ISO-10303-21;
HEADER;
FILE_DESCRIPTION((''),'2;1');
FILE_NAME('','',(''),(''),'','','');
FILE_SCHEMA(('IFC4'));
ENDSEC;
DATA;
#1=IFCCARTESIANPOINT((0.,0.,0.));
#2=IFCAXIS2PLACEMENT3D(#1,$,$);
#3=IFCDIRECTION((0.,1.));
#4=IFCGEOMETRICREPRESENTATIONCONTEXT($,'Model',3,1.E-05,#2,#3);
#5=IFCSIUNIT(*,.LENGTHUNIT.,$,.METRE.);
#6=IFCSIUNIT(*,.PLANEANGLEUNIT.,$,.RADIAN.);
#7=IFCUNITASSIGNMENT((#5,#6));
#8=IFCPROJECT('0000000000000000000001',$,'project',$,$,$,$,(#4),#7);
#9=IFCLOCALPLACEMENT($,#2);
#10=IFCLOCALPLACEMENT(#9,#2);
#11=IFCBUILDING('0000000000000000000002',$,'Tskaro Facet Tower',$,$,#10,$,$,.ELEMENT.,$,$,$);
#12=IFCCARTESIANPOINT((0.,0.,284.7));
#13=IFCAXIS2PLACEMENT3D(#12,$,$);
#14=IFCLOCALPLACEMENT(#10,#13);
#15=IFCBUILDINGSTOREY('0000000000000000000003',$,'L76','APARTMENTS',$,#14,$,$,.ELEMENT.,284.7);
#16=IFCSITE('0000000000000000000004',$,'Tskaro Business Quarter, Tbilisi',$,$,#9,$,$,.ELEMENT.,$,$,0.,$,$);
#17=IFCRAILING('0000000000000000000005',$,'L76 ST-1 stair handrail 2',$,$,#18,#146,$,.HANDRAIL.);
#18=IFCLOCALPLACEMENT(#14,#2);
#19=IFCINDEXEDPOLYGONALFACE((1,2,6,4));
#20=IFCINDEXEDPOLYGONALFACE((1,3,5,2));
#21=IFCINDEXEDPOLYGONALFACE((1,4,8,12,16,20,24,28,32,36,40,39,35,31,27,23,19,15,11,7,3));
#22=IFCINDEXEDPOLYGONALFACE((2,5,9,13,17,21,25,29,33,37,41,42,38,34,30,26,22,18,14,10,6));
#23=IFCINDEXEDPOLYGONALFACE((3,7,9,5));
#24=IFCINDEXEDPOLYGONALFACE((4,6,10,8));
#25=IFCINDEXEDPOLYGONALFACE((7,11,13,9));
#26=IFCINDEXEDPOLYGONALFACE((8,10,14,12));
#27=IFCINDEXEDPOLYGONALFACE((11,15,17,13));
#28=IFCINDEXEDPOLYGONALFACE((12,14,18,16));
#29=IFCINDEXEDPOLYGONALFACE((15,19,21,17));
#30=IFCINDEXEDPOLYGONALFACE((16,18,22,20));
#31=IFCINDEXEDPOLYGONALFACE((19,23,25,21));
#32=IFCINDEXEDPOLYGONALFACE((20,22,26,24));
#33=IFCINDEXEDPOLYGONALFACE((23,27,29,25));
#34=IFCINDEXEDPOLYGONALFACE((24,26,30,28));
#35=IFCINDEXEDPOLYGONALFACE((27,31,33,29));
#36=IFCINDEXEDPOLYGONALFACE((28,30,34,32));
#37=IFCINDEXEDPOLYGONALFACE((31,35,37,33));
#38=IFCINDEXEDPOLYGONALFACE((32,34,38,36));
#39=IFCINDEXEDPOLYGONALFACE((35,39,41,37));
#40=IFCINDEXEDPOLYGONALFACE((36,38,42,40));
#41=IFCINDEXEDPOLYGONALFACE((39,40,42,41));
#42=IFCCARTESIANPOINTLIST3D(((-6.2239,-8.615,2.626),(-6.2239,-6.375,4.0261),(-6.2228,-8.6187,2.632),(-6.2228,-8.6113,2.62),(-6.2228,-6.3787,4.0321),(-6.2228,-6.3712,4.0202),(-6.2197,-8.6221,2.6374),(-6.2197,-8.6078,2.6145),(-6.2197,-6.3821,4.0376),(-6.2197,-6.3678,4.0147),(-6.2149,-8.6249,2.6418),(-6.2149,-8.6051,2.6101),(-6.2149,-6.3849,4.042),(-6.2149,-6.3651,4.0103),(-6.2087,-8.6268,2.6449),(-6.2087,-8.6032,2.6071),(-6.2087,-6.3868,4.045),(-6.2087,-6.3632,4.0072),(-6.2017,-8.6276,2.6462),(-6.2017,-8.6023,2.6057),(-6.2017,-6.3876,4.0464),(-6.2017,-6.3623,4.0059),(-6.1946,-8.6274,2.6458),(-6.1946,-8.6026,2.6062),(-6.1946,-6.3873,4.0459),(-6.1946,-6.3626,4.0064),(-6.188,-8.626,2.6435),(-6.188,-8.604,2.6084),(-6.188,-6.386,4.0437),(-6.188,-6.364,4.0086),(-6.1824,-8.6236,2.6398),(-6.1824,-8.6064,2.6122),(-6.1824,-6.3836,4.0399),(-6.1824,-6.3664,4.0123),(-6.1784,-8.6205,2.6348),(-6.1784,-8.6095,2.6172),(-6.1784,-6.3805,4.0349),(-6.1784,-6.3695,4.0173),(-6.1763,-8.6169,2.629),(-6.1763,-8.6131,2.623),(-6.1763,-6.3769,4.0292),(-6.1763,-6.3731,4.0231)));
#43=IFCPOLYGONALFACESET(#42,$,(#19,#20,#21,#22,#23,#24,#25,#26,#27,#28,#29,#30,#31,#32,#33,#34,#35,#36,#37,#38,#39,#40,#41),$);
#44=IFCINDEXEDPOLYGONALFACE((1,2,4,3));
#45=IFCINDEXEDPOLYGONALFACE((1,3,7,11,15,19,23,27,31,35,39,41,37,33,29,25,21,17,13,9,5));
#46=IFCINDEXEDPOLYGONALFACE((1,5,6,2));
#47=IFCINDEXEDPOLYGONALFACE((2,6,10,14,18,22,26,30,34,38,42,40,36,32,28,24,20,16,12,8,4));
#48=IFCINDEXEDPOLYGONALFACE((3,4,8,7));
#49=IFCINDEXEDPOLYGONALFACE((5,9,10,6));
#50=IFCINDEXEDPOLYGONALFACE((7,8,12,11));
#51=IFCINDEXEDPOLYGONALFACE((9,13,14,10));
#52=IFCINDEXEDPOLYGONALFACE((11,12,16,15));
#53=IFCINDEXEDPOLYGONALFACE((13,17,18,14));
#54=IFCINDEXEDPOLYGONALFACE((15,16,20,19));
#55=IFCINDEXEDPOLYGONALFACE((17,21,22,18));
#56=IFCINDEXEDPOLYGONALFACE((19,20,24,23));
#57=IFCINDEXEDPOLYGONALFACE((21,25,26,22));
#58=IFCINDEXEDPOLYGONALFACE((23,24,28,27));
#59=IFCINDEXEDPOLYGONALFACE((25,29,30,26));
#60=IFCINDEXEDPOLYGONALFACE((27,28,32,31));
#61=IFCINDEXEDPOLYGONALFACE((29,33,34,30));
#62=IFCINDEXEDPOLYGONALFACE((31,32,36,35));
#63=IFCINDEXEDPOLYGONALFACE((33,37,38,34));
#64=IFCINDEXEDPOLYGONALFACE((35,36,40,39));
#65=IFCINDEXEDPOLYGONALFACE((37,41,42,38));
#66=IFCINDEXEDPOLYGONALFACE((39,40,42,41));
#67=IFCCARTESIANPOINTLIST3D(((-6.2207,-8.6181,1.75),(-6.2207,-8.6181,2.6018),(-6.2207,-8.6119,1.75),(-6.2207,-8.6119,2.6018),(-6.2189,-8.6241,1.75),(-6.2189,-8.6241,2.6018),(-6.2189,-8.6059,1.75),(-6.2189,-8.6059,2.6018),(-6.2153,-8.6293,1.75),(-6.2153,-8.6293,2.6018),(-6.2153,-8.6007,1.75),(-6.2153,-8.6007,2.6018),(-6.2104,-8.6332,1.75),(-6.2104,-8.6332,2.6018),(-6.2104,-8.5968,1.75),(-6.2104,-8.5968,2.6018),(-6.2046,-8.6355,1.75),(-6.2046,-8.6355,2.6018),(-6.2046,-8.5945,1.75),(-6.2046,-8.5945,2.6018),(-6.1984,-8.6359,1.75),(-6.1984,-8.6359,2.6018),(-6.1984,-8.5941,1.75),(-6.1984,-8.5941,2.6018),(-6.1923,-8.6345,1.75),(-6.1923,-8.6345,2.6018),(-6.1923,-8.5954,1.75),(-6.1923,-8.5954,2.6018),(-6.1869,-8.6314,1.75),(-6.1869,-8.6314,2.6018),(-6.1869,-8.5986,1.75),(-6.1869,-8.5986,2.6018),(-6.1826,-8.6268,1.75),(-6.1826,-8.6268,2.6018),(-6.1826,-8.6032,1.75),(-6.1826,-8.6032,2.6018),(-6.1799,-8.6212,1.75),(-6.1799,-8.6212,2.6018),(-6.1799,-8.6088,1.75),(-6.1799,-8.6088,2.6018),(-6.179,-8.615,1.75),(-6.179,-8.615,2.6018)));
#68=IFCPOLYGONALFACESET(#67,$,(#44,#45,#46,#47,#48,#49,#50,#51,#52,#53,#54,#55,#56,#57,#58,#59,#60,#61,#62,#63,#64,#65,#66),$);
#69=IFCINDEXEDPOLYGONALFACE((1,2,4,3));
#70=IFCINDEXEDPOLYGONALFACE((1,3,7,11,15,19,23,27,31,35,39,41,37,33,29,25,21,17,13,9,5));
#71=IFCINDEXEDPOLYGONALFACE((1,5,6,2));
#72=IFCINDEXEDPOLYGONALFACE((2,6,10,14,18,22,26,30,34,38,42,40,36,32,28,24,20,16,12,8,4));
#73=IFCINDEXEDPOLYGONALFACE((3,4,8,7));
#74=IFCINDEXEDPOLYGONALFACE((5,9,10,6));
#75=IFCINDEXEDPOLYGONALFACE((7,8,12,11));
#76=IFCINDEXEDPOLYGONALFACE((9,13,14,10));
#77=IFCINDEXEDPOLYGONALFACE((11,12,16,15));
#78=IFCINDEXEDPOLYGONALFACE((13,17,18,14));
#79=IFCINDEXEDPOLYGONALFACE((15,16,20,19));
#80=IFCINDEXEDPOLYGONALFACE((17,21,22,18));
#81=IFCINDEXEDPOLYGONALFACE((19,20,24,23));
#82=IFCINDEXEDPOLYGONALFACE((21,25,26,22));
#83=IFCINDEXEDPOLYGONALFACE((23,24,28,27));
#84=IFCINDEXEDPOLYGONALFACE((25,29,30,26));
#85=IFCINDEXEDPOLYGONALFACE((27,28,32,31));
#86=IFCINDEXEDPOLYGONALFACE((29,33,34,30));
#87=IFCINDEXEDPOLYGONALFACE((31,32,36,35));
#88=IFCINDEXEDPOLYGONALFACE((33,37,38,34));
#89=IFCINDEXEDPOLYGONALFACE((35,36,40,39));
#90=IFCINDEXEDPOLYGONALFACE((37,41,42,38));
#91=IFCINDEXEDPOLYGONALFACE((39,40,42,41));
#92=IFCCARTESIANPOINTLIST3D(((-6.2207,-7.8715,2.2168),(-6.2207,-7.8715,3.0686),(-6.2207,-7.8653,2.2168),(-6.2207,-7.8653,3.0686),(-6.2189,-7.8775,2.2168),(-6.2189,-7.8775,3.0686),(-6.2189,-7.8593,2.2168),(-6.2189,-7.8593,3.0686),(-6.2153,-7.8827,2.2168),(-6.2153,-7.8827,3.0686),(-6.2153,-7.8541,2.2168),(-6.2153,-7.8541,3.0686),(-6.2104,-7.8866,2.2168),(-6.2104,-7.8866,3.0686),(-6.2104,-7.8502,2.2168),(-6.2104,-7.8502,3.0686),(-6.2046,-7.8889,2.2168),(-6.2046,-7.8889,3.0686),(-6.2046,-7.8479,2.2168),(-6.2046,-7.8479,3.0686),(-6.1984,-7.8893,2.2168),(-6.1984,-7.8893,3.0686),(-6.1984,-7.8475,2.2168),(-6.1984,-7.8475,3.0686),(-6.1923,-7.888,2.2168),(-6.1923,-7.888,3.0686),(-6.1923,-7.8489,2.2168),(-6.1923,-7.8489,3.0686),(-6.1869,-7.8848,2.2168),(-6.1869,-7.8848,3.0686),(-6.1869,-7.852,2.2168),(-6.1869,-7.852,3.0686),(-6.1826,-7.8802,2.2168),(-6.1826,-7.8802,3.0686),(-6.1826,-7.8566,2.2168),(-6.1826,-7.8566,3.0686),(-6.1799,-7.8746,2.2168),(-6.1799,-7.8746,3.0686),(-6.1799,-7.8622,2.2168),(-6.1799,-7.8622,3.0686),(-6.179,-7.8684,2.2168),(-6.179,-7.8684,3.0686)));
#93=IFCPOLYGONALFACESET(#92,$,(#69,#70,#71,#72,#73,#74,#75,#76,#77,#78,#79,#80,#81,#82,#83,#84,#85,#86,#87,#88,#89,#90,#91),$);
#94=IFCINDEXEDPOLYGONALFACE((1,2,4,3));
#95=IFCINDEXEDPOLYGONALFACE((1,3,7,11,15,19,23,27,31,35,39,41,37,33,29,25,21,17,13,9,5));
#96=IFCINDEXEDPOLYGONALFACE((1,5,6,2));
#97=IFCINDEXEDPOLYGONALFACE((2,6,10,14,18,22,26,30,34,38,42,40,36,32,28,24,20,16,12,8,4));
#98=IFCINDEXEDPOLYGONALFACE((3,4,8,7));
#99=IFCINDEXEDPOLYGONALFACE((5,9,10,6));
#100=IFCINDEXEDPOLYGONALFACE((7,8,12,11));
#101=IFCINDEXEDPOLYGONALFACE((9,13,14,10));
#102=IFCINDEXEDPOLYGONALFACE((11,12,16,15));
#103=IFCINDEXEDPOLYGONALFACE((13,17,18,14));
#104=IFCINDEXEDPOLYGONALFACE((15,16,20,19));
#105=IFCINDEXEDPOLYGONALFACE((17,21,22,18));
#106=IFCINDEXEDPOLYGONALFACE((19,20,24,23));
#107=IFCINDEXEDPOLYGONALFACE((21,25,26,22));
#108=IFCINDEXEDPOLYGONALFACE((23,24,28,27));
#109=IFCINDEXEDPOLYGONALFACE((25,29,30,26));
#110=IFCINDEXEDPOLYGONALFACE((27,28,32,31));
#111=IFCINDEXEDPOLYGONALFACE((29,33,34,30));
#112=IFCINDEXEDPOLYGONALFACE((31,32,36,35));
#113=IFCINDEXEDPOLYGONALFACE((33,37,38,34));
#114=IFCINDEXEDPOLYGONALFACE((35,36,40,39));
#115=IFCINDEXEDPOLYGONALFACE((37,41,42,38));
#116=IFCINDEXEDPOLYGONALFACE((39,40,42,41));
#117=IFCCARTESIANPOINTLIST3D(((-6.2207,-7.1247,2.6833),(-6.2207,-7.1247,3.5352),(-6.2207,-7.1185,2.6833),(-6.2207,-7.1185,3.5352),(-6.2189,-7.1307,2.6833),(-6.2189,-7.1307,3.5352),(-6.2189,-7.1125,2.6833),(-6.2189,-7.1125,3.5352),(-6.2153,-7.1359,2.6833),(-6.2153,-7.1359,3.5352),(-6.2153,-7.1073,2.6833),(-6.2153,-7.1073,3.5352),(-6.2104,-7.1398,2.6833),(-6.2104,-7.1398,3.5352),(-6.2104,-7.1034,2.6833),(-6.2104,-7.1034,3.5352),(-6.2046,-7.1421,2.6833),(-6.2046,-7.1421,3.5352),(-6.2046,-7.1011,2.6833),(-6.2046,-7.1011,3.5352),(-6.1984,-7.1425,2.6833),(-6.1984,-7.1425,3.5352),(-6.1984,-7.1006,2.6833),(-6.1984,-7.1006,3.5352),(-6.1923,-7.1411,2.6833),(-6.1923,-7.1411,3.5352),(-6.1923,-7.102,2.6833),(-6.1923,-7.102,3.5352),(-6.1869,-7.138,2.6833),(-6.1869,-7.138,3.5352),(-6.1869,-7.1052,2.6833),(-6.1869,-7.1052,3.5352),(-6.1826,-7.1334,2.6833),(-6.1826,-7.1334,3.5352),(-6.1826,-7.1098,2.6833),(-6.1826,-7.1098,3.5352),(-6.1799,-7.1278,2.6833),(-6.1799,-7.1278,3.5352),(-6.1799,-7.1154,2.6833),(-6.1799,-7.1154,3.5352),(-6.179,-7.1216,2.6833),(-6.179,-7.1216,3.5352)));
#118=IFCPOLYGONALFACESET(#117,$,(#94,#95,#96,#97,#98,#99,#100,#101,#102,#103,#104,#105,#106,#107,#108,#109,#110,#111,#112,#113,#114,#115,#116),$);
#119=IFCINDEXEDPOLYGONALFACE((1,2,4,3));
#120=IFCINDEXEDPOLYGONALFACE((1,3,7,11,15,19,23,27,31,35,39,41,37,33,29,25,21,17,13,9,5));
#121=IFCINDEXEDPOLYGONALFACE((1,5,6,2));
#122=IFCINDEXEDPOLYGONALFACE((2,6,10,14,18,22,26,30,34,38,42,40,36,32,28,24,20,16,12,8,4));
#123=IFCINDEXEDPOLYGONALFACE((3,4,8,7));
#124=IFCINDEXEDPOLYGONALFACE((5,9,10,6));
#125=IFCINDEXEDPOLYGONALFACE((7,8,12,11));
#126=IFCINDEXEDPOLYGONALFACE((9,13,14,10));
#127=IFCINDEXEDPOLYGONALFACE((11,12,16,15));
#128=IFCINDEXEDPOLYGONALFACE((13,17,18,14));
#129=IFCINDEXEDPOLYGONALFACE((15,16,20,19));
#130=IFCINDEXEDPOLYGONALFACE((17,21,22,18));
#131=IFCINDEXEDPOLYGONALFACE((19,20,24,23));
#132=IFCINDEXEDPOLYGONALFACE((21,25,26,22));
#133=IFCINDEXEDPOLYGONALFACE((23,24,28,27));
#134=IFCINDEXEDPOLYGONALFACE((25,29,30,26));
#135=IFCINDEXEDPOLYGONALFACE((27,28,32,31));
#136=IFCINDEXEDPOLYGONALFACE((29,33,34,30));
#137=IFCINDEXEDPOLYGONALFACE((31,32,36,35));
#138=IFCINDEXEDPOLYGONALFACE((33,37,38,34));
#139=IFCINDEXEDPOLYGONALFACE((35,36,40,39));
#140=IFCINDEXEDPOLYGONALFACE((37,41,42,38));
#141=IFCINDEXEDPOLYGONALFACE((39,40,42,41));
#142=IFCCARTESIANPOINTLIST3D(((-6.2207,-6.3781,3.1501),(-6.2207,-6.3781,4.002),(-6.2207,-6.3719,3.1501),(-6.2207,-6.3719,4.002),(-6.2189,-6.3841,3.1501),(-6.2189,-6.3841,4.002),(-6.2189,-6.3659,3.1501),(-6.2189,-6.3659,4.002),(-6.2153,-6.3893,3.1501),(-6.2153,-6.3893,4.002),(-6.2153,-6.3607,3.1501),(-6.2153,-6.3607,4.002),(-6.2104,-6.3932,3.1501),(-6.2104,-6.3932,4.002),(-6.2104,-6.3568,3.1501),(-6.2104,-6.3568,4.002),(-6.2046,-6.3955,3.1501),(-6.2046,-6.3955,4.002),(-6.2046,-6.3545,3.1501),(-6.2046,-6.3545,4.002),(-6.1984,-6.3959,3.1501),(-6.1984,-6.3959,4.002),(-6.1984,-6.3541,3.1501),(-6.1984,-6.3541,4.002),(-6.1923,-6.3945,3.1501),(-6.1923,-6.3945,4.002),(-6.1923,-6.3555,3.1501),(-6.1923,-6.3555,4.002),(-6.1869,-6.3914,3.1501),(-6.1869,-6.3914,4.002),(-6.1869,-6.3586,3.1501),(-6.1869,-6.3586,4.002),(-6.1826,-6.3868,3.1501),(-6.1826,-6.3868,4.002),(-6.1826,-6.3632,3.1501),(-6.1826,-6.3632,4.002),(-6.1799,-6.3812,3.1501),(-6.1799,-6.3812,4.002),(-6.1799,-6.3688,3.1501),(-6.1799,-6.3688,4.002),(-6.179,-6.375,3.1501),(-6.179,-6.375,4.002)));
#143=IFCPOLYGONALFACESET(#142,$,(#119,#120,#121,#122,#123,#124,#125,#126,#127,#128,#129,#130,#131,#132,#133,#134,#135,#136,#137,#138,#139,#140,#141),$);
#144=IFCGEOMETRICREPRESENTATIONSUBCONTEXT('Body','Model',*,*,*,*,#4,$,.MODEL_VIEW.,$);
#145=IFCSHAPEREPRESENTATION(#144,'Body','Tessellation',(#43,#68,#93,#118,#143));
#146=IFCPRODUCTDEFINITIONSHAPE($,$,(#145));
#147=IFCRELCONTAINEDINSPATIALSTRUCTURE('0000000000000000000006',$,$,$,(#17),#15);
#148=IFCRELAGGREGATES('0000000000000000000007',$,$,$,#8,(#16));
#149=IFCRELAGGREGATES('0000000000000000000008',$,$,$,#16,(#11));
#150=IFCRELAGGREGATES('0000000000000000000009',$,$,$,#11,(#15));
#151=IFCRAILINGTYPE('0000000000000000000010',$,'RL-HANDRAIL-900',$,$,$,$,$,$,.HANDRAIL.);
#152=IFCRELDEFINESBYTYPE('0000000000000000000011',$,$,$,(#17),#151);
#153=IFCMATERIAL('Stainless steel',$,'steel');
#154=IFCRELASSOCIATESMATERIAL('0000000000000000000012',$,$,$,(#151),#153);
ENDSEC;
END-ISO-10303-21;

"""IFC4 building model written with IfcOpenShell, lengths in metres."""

from ifc_helpers import new_model, si_unit, direction, frame, origin, origin_2d, place, context, subcontext, project, spatial, circle, extrude, material, type_object, element, save


model = new_model("IFC4")

# Units and contexts
model_context = context("Model", 3, precision=1e-05, world=origin(), true_north=direction((0.0, 1.0)))
body_context = subcontext(model_context, "Body", "Model", "MODEL_VIEW")
ifc_project = project(units=[si_unit("LENGTHUNIT", "METRE"), si_unit("PLANEANGLEUNIT", "RADIAN")], contexts=[model_context])

# Site, building, storey
site_placement = place(None, origin())
site = spatial("IfcSite", under=ifc_project, at=site_placement, Name="Tskaro Business Quarter, Tbilisi", CompositionType="ELEMENT", RefElevation=0.0)
building_placement = place(site_placement, origin())
building = spatial("IfcBuilding", under=site, at=building_placement, Name="Tskaro Facet Tower", CompositionType="ELEMENT")
storey_placement = place(building_placement, frame((0.0, 0.0, 284.7)))
storey = spatial("IfcBuildingStorey", under=building, at=storey_placement, Name="L76", Description="APARTMENTS", CompositionType="ELEMENT", Elevation=284.7)

# Shared definitions
ifc_material_1 = material(Name="Stainless steel", Category="steel")

# Railing
railing_type_1 = type_object("IfcRailingType", Name="RL-HANDRAIL-900", PredefinedType="HANDRAIL", material=ifc_material_1)
railing_1_placement = place(storey_placement, frame((-6.2, -8.615, 1.75)))
element("IfcRailing", 1, at=railing_1_placement, inside=storey, type_object=railing_type_1, Name="L76 ST-1 stair handrail 2", PredefinedType="HANDRAIL", context=body_context, shape_type="SweptSolid", body=[
    extrude(circle(Radius=0.0239, at=origin_2d()), frame((0.0, 0.0, 0.876), z_axis=(0.0, 0.847972, 0.53004), x_axis=(-1.0, 0.0, 0.0)), (0.0, 0.0, 1.0), 2.6416),
    extrude(circle(Radius=0.021, at=origin_2d()), origin(), (0.0, 0.0, 1.0), 0.8518),
    extrude(circle(Radius=0.021, at=origin_2d()), frame((0.0, 0.7466, 0.4668)), (0.0, 0.0, 1.0), 0.8518),
    extrude(circle(Radius=0.021, at=origin_2d()), frame((0.0, 1.4934, 0.9333)), (0.0, 0.0, 1.0), 0.8518),
    extrude(circle(Radius=0.021, at=origin_2d()), frame((0.0, 2.24, 1.4001)), (0.0, 0.0, 1.0), 0.8518),
])

save(model, "model.ifc")
